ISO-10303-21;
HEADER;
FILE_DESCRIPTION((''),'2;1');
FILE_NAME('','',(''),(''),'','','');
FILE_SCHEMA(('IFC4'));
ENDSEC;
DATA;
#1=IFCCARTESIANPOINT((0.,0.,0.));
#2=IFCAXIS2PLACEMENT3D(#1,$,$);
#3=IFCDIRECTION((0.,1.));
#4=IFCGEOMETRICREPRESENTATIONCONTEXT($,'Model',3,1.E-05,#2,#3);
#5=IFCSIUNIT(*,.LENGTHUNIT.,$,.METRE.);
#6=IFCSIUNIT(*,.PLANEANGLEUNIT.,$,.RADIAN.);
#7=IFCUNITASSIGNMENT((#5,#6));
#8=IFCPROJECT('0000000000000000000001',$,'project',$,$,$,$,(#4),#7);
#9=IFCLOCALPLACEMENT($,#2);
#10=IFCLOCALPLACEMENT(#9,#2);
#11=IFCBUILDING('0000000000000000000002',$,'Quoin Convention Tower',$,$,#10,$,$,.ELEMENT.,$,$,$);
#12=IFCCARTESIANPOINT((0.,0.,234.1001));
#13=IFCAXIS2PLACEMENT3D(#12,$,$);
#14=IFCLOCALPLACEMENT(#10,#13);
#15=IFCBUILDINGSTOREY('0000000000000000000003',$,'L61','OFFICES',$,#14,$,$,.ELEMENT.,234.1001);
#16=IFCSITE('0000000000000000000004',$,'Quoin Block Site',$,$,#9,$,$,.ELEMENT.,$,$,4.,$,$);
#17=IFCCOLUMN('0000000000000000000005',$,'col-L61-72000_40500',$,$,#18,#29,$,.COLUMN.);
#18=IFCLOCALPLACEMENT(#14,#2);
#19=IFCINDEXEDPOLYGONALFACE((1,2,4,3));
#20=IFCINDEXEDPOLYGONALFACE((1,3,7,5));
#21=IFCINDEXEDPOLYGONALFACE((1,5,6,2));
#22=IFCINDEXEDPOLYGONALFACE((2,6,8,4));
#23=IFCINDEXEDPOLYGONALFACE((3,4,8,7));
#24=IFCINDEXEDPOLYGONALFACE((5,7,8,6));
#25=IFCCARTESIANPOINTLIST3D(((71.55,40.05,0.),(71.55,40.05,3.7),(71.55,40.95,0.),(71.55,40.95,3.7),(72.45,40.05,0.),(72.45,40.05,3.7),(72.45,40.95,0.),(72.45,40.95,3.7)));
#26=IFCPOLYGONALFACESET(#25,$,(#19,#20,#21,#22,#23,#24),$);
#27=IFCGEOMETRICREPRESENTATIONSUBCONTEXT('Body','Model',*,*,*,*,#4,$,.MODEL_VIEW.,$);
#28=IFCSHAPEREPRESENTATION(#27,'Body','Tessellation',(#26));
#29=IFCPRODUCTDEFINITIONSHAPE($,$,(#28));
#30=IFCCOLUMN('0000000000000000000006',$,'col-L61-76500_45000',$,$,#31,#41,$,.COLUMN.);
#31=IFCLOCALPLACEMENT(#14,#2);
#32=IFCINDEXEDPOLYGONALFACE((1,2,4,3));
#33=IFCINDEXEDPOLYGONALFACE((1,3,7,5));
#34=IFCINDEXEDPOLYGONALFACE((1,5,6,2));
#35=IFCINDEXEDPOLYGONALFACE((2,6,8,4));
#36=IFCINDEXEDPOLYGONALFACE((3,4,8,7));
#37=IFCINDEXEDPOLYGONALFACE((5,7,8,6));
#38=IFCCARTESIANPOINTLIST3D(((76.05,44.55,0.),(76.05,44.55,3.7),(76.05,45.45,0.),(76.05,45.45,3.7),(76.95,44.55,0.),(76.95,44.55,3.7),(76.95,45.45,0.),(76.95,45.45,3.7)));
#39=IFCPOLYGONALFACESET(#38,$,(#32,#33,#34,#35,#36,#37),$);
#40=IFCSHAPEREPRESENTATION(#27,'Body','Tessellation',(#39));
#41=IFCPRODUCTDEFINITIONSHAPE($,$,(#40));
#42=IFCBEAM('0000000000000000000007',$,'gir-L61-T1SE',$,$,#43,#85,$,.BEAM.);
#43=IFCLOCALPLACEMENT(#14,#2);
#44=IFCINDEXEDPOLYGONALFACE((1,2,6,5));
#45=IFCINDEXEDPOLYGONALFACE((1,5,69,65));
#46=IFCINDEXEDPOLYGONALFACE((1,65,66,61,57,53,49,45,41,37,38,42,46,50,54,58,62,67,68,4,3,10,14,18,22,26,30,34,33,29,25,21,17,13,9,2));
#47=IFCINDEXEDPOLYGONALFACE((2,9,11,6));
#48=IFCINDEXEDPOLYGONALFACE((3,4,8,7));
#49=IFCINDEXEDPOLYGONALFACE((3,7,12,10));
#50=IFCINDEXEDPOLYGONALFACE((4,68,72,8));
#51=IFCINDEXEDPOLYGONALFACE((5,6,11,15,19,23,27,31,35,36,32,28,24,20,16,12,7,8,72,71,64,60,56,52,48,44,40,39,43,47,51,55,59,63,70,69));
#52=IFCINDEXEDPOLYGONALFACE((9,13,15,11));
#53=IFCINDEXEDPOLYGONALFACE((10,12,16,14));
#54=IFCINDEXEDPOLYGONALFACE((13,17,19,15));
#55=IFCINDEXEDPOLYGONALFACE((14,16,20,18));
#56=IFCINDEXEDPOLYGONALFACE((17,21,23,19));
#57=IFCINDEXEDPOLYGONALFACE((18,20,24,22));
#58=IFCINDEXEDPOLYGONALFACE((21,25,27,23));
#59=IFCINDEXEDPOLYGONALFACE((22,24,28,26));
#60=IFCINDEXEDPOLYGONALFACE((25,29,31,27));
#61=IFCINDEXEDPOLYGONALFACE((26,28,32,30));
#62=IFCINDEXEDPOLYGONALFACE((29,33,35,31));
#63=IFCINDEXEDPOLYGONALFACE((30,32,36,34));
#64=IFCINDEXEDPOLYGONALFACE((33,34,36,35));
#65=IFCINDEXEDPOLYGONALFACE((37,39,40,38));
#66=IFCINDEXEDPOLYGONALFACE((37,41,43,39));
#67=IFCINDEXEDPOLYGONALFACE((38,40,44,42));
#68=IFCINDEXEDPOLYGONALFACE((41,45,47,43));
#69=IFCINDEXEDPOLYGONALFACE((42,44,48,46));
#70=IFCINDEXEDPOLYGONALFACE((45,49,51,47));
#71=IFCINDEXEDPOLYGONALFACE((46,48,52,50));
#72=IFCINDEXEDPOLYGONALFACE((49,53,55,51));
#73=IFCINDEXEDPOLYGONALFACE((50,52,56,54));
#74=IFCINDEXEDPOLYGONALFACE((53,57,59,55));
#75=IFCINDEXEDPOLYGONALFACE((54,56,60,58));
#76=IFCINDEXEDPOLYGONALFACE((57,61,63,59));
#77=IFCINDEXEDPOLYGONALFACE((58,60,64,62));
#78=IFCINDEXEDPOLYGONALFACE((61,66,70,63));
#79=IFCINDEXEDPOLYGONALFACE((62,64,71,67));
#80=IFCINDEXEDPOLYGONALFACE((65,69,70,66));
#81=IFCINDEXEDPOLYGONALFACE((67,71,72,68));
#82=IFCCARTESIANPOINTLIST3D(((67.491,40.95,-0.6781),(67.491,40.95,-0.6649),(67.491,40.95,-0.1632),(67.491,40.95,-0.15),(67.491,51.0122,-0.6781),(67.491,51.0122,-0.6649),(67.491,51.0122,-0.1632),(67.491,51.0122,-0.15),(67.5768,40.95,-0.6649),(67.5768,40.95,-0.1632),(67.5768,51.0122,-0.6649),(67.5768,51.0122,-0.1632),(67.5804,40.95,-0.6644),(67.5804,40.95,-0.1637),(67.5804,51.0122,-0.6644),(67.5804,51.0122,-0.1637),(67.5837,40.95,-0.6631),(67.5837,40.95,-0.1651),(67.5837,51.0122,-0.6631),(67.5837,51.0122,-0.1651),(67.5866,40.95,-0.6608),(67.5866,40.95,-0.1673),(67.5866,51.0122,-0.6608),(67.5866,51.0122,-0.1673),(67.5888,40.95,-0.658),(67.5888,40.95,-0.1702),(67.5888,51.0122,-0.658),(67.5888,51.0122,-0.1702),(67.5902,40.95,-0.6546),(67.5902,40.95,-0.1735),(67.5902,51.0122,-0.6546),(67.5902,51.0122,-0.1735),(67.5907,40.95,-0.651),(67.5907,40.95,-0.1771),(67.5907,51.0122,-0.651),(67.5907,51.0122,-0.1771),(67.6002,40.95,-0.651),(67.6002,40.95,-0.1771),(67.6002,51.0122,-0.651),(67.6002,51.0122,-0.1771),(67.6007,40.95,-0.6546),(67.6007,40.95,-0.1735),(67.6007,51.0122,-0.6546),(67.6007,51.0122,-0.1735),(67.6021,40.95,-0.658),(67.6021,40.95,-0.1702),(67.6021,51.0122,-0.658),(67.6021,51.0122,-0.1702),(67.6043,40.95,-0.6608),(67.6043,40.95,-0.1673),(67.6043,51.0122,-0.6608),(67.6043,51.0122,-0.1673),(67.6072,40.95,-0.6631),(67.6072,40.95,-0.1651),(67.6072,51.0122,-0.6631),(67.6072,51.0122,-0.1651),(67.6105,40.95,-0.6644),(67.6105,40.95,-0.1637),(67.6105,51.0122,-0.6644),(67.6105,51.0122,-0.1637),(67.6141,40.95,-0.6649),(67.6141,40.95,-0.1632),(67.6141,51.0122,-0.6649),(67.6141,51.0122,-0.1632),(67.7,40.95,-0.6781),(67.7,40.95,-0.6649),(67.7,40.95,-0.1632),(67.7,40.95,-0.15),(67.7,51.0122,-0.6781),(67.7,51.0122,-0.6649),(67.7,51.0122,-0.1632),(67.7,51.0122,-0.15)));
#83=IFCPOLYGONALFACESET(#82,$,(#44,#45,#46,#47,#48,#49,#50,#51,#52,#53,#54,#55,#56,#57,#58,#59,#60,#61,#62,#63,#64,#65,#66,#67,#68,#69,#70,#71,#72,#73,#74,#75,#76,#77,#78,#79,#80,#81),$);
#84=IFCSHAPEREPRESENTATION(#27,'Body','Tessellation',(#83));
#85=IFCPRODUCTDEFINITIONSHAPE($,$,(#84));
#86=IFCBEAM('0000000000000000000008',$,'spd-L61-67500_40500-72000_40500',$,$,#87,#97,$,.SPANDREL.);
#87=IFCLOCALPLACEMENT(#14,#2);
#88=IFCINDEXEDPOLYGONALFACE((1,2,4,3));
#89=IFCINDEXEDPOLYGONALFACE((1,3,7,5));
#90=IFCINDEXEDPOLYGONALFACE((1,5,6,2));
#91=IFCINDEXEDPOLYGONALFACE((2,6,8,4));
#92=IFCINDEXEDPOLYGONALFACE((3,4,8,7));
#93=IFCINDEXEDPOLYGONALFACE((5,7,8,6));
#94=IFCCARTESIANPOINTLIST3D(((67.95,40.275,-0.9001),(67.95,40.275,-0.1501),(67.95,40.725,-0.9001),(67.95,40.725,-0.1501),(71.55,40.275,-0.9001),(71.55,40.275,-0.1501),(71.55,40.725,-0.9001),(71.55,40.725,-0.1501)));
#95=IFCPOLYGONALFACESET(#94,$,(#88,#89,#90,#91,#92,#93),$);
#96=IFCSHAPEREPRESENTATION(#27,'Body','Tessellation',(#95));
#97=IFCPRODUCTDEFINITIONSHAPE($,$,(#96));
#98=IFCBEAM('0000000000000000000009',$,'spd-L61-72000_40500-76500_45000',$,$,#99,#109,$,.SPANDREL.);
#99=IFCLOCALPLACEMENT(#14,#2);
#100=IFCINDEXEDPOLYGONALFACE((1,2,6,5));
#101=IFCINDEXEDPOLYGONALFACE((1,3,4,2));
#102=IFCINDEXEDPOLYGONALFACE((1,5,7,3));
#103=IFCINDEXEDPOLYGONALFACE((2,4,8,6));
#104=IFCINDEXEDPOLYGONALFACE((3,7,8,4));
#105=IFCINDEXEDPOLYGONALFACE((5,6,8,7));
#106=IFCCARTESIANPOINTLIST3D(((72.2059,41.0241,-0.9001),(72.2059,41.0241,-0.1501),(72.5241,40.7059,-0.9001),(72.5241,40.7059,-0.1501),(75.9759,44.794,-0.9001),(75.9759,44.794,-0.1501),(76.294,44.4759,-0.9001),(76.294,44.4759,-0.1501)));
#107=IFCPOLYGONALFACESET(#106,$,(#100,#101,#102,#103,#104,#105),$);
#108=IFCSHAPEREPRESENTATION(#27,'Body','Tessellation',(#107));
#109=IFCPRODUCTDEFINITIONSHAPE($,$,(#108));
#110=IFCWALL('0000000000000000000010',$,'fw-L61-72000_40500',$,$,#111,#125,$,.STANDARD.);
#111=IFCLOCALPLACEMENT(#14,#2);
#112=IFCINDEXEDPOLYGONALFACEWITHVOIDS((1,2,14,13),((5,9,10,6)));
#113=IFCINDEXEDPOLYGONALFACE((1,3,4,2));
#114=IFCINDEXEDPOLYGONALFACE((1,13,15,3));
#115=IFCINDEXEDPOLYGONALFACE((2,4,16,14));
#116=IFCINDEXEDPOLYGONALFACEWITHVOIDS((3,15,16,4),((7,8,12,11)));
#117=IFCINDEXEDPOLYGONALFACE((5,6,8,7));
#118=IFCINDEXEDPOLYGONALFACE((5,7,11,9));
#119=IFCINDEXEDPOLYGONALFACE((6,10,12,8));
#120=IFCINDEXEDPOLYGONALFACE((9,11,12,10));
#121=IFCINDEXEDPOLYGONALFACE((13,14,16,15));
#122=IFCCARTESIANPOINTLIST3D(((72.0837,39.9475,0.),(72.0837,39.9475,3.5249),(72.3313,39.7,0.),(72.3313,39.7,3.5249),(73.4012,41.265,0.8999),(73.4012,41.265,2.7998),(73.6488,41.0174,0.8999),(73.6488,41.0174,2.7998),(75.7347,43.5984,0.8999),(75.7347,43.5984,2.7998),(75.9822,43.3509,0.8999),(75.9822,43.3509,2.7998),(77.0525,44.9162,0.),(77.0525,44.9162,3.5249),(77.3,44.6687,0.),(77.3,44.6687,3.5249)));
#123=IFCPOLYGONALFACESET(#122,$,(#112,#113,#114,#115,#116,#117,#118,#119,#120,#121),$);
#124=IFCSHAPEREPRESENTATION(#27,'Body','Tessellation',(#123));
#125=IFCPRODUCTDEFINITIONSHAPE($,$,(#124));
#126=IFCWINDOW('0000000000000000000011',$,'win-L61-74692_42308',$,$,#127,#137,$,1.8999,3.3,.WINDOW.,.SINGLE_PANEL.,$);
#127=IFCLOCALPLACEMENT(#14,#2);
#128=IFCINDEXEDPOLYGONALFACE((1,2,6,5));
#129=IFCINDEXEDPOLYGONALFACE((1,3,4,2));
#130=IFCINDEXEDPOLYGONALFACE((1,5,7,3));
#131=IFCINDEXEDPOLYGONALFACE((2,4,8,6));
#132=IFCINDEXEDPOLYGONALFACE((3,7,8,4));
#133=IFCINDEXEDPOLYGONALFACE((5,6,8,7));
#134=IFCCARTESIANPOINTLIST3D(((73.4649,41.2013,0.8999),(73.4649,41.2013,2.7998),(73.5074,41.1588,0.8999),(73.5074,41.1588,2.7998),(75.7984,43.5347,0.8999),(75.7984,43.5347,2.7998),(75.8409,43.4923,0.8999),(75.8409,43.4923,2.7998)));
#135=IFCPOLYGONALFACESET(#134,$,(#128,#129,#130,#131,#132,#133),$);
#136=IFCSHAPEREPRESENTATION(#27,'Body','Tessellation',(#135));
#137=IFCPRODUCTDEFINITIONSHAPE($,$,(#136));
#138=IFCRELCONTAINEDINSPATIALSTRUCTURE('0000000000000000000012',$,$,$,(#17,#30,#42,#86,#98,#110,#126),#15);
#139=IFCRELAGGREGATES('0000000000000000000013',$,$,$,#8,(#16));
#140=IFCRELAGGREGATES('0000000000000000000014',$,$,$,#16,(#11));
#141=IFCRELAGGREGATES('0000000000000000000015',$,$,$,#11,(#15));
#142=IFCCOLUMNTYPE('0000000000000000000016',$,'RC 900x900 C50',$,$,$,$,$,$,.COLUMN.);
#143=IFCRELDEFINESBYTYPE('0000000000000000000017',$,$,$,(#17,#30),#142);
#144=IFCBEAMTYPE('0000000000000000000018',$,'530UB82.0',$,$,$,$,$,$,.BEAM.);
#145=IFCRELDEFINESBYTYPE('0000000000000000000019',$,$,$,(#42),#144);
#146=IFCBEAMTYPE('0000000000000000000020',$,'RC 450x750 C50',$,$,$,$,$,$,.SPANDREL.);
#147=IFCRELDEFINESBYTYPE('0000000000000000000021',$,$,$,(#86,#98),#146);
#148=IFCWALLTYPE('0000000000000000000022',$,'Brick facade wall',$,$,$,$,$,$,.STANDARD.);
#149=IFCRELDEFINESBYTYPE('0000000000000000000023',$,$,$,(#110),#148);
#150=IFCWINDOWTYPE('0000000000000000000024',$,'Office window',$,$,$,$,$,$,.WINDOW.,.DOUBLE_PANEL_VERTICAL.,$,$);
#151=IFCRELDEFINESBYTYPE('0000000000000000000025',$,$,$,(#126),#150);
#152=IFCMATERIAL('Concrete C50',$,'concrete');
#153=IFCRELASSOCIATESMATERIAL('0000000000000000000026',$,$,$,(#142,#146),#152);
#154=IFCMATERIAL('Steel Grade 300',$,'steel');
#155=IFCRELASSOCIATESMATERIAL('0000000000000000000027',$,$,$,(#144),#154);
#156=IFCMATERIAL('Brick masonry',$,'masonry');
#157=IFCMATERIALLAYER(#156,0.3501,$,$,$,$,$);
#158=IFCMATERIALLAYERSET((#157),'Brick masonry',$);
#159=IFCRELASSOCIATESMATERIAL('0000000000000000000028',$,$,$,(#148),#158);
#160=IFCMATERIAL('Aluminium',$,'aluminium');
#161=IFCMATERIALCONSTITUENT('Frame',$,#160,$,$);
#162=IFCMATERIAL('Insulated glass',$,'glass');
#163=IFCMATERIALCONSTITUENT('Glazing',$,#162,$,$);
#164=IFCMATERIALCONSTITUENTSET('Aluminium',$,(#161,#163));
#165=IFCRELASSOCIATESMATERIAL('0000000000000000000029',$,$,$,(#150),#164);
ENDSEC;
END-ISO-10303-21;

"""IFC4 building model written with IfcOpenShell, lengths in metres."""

from ifc_helpers import new_model, si_unit, direction, frame, frame_2d, origin, origin_2d, place, context, subcontext, project, spatial, rectangle, i_section, extrude, material, layer, layer_set, constituent, constituent_set, material_profile, profile_set, type_object, element, fill, save


model = new_model("IFC4")

# Units and contexts
model_context = context("Model", 3, precision=1e-05, world=origin(), true_north=direction((0.0, 1.0)))
body_context = subcontext(model_context, "Body", "Model", "MODEL_VIEW")
ifc_project = project(units=[si_unit("LENGTHUNIT", "METRE"), si_unit("PLANEANGLEUNIT", "RADIAN")], contexts=[model_context])

# Site, building, storey
site_placement = place(None, origin())
site = spatial("IfcSite", under=ifc_project, at=site_placement, Name="Quoin Block Site", CompositionType="ELEMENT", RefElevation=4.0)
building_placement = place(site_placement, origin())
building = spatial("IfcBuilding", under=site, at=building_placement, Name="Quoin Convention Tower", CompositionType="ELEMENT")
storey_placement = place(building_placement, frame((0.0, 0.0, 234.1001)))
storey = spatial("IfcBuildingStorey", under=building, at=storey_placement, Name="L61", Description="OFFICES", CompositionType="ELEMENT", Elevation=234.1001)

# Columns
ifc_material_1 = material(Name="Concrete C50", Category="concrete")
ifc_material_profile_1 = material_profile(ifc_material_1, rectangle(XDim=0.8999, YDim=0.8999, at=origin_2d()), Name="RC 900x900")
ifc_profile_set_1 = profile_set([ifc_material_profile_1], Name="Concrete C50")
column_type = type_object("IfcColumnType", Name="RC 900x900 C50", PredefinedType="COLUMN", material=ifc_profile_set_1)
for number, where, z_axis, x_axis, name in (
    (1, (72.0, 40.5, 0.0), (0.0, 0.0, 1.0), (1.0, 0.0, 0.0), "col-L61-72000_40500"),
    (2, (76.5, 45.0, 0.0), (0.0, 0.0, 1.0), (1.0, 0.0, 0.0), "col-L61-76500_45000"),
):
    element("IfcColumn", number, at=place(storey_placement, frame(where, z_axis=z_axis, x_axis=x_axis)), inside=storey, type_object=column_type, Name=name, PredefinedType="COLUMN", context=body_context, shape_type="SweptSolid", body=[
        extrude(rectangle(XDim=0.8999, YDim=0.8999, at=origin_2d()), origin(), (0.0, 0.0, 1.0), 3.7),
    ])

# Beams
ifc_material_2 = material(Name="Steel Grade 300", Category="steel")
ifc_material_profile_2 = material_profile(ifc_material_2, i_section(OverallWidth=0.209, OverallDepth=0.5281, WebThickness=0.0095, FlangeThickness=0.0132, FilletRadius=0.0139, at=origin_2d()), Name="530UB82.0")
ifc_profile_set_2 = profile_set([ifc_material_profile_2], Name="Steel Grade 300")
beam_type_1 = type_object("IfcBeamType", Name="530UB82.0", PredefinedType="BEAM", material=ifc_profile_set_2)
beam_1_placement = place(storey_placement, frame((67.5955, 40.95, -0.4141), z_axis=(0.0, 1.0, 0.0), x_axis=(-1.0, 0.0, 0.0)))
element("IfcBeam", 3, at=beam_1_placement, inside=storey, type_object=beam_type_1, Name="gir-L61-T1SE", PredefinedType="BEAM", context=body_context, shape_type="SweptSolid", body=[
    extrude(i_section(OverallWidth=0.209, OverallDepth=0.5281, WebThickness=0.0095, FlangeThickness=0.0132, FilletRadius=0.0139, at=origin_2d()), origin(), (0.0, 0.0, 1.0), 10.0623),
])
ifc_material_profile_3 = material_profile(ifc_material_1, rectangle(XDim=0.45, YDim=0.75, at=origin_2d()), Name="RC 450x750")
ifc_profile_set_3 = profile_set([ifc_material_profile_3], Name="Concrete C50")
beam_type_2 = type_object("IfcBeamType", Name="RC 450x750 C50", PredefinedType="SPANDREL", material=ifc_profile_set_3)
beam_2_placement = place(storey_placement, frame((67.95, 40.5, -0.5251), z_axis=(1.0, 0.0, 0.0), x_axis=(0.0, 1.0, 0.0)))
element("IfcBeam", 4, at=beam_2_placement, inside=storey, type_object=beam_type_2, Name="spd-L61-67500_40500-72000_40500", PredefinedType="SPANDREL", context=body_context, shape_type="SweptSolid", body=[
    extrude(rectangle(XDim=0.45, YDim=0.75, at=origin_2d()), origin(), (0.0, 0.0, 1.0), 3.6001),
])
beam_3_placement = place(storey_placement, frame((72.365, 40.865, -0.5251), z_axis=(0.707107, 0.707107, 0.0), x_axis=(-0.707107, 0.707107, 0.0)))
element("IfcBeam", 5, at=beam_3_placement, inside=storey, type_object=beam_type_2, Name="spd-L61-72000_40500-76500_45000", PredefinedType="SPANDREL", context=body_context, shape_type="SweptSolid", body=[
    extrude(rectangle(XDim=0.45, YDim=0.75, at=origin_2d()), origin(), (0.0, 0.0, 1.0), 5.3315),
])

# Wall, opening, window
ifc_material_3 = material(Name="Brick masonry", Category="masonry")
ifc_layer_1 = layer(ifc_material_3, 0.3501)
ifc_layer_set_1 = layer_set([ifc_layer_1], Name="Brick masonry")
wall_type_1 = type_object("IfcWallType", Name="Brick facade wall", PredefinedType="STANDARD", material=ifc_layer_set_1)
wall_1_placement = place(storey_placement, frame((72.2075, 39.8237, 0.0), z_axis=(0.0, 0.0, 1.0), x_axis=(0.707107, 0.707107, 0.0)))
wall_1 = element("IfcWall", 6, at=wall_1_placement, inside=storey, type_object=wall_type_1, Name="fw-L61-72000_40500", PredefinedType="STANDARD", context=body_context, shape_type="SweptSolid", body=[
    extrude(rectangle(XDim=7.0269, YDim=0.3501, at=frame_2d((3.5134, 0.0))), origin(), (0.0, 0.0, 1.0), 3.5249),
])
opening_1_placement = place(wall_1_placement, frame((1.8633, 0.0, 0.8999)))
opening_1 = element("IfcOpeningElement", 7, at=opening_1_placement, cuts=wall_1, PredefinedType="OPENING", context=body_context, shape_type="SweptSolid", body=[
    extrude(rectangle(XDim=3.3, YDim=1.8999, at=frame_2d((1.6499, 0.95))), frame((0.0, 0.1851, 0.0), z_axis=(0.0, -1.0, 0.0), x_axis=(1.0, 0.0, 0.0)), (0.0, 0.0, 1.0), 0.3701),
])
ifc_material_4 = material(Name="Aluminium", Category="aluminium")
ifc_constituent_1 = constituent(ifc_material_4, Name="Frame")
ifc_material_5 = material(Name="Insulated glass", Category="glass")
ifc_constituent_2 = constituent(ifc_material_5, Name="Glazing")
ifc_constituent_set = constituent_set(constituents=[ifc_constituent_1, ifc_constituent_2], Name="Aluminium")
window_type = type_object("IfcWindowType", Name="Office window", PartitioningType="DOUBLE_PANEL_VERTICAL", PredefinedType="WINDOW", material=ifc_constituent_set)
window_1_placement = place(opening_1_placement, origin())
window_1 = element("IfcWindow", 8, at=window_1_placement, inside=storey, type_object=window_type, Name="win-L61-74692_42308", OverallHeight=1.8999, OverallWidth=3.3, PartitioningType="SINGLE_PANEL", PredefinedType="WINDOW", context=body_context, shape_type="SweptSolid", body=[
    extrude(rectangle(XDim=3.3, YDim=1.8999, at=frame_2d((1.6499, 0.95))), frame((0.0, 0.085, 0.0), z_axis=(0.0, -1.0, 0.0), x_axis=(1.0, 0.0, 0.0)), (0.0, 0.0, 1.0), 0.0601),
])
fill(opening_1, window_1)

save(model, "model.ifc")
